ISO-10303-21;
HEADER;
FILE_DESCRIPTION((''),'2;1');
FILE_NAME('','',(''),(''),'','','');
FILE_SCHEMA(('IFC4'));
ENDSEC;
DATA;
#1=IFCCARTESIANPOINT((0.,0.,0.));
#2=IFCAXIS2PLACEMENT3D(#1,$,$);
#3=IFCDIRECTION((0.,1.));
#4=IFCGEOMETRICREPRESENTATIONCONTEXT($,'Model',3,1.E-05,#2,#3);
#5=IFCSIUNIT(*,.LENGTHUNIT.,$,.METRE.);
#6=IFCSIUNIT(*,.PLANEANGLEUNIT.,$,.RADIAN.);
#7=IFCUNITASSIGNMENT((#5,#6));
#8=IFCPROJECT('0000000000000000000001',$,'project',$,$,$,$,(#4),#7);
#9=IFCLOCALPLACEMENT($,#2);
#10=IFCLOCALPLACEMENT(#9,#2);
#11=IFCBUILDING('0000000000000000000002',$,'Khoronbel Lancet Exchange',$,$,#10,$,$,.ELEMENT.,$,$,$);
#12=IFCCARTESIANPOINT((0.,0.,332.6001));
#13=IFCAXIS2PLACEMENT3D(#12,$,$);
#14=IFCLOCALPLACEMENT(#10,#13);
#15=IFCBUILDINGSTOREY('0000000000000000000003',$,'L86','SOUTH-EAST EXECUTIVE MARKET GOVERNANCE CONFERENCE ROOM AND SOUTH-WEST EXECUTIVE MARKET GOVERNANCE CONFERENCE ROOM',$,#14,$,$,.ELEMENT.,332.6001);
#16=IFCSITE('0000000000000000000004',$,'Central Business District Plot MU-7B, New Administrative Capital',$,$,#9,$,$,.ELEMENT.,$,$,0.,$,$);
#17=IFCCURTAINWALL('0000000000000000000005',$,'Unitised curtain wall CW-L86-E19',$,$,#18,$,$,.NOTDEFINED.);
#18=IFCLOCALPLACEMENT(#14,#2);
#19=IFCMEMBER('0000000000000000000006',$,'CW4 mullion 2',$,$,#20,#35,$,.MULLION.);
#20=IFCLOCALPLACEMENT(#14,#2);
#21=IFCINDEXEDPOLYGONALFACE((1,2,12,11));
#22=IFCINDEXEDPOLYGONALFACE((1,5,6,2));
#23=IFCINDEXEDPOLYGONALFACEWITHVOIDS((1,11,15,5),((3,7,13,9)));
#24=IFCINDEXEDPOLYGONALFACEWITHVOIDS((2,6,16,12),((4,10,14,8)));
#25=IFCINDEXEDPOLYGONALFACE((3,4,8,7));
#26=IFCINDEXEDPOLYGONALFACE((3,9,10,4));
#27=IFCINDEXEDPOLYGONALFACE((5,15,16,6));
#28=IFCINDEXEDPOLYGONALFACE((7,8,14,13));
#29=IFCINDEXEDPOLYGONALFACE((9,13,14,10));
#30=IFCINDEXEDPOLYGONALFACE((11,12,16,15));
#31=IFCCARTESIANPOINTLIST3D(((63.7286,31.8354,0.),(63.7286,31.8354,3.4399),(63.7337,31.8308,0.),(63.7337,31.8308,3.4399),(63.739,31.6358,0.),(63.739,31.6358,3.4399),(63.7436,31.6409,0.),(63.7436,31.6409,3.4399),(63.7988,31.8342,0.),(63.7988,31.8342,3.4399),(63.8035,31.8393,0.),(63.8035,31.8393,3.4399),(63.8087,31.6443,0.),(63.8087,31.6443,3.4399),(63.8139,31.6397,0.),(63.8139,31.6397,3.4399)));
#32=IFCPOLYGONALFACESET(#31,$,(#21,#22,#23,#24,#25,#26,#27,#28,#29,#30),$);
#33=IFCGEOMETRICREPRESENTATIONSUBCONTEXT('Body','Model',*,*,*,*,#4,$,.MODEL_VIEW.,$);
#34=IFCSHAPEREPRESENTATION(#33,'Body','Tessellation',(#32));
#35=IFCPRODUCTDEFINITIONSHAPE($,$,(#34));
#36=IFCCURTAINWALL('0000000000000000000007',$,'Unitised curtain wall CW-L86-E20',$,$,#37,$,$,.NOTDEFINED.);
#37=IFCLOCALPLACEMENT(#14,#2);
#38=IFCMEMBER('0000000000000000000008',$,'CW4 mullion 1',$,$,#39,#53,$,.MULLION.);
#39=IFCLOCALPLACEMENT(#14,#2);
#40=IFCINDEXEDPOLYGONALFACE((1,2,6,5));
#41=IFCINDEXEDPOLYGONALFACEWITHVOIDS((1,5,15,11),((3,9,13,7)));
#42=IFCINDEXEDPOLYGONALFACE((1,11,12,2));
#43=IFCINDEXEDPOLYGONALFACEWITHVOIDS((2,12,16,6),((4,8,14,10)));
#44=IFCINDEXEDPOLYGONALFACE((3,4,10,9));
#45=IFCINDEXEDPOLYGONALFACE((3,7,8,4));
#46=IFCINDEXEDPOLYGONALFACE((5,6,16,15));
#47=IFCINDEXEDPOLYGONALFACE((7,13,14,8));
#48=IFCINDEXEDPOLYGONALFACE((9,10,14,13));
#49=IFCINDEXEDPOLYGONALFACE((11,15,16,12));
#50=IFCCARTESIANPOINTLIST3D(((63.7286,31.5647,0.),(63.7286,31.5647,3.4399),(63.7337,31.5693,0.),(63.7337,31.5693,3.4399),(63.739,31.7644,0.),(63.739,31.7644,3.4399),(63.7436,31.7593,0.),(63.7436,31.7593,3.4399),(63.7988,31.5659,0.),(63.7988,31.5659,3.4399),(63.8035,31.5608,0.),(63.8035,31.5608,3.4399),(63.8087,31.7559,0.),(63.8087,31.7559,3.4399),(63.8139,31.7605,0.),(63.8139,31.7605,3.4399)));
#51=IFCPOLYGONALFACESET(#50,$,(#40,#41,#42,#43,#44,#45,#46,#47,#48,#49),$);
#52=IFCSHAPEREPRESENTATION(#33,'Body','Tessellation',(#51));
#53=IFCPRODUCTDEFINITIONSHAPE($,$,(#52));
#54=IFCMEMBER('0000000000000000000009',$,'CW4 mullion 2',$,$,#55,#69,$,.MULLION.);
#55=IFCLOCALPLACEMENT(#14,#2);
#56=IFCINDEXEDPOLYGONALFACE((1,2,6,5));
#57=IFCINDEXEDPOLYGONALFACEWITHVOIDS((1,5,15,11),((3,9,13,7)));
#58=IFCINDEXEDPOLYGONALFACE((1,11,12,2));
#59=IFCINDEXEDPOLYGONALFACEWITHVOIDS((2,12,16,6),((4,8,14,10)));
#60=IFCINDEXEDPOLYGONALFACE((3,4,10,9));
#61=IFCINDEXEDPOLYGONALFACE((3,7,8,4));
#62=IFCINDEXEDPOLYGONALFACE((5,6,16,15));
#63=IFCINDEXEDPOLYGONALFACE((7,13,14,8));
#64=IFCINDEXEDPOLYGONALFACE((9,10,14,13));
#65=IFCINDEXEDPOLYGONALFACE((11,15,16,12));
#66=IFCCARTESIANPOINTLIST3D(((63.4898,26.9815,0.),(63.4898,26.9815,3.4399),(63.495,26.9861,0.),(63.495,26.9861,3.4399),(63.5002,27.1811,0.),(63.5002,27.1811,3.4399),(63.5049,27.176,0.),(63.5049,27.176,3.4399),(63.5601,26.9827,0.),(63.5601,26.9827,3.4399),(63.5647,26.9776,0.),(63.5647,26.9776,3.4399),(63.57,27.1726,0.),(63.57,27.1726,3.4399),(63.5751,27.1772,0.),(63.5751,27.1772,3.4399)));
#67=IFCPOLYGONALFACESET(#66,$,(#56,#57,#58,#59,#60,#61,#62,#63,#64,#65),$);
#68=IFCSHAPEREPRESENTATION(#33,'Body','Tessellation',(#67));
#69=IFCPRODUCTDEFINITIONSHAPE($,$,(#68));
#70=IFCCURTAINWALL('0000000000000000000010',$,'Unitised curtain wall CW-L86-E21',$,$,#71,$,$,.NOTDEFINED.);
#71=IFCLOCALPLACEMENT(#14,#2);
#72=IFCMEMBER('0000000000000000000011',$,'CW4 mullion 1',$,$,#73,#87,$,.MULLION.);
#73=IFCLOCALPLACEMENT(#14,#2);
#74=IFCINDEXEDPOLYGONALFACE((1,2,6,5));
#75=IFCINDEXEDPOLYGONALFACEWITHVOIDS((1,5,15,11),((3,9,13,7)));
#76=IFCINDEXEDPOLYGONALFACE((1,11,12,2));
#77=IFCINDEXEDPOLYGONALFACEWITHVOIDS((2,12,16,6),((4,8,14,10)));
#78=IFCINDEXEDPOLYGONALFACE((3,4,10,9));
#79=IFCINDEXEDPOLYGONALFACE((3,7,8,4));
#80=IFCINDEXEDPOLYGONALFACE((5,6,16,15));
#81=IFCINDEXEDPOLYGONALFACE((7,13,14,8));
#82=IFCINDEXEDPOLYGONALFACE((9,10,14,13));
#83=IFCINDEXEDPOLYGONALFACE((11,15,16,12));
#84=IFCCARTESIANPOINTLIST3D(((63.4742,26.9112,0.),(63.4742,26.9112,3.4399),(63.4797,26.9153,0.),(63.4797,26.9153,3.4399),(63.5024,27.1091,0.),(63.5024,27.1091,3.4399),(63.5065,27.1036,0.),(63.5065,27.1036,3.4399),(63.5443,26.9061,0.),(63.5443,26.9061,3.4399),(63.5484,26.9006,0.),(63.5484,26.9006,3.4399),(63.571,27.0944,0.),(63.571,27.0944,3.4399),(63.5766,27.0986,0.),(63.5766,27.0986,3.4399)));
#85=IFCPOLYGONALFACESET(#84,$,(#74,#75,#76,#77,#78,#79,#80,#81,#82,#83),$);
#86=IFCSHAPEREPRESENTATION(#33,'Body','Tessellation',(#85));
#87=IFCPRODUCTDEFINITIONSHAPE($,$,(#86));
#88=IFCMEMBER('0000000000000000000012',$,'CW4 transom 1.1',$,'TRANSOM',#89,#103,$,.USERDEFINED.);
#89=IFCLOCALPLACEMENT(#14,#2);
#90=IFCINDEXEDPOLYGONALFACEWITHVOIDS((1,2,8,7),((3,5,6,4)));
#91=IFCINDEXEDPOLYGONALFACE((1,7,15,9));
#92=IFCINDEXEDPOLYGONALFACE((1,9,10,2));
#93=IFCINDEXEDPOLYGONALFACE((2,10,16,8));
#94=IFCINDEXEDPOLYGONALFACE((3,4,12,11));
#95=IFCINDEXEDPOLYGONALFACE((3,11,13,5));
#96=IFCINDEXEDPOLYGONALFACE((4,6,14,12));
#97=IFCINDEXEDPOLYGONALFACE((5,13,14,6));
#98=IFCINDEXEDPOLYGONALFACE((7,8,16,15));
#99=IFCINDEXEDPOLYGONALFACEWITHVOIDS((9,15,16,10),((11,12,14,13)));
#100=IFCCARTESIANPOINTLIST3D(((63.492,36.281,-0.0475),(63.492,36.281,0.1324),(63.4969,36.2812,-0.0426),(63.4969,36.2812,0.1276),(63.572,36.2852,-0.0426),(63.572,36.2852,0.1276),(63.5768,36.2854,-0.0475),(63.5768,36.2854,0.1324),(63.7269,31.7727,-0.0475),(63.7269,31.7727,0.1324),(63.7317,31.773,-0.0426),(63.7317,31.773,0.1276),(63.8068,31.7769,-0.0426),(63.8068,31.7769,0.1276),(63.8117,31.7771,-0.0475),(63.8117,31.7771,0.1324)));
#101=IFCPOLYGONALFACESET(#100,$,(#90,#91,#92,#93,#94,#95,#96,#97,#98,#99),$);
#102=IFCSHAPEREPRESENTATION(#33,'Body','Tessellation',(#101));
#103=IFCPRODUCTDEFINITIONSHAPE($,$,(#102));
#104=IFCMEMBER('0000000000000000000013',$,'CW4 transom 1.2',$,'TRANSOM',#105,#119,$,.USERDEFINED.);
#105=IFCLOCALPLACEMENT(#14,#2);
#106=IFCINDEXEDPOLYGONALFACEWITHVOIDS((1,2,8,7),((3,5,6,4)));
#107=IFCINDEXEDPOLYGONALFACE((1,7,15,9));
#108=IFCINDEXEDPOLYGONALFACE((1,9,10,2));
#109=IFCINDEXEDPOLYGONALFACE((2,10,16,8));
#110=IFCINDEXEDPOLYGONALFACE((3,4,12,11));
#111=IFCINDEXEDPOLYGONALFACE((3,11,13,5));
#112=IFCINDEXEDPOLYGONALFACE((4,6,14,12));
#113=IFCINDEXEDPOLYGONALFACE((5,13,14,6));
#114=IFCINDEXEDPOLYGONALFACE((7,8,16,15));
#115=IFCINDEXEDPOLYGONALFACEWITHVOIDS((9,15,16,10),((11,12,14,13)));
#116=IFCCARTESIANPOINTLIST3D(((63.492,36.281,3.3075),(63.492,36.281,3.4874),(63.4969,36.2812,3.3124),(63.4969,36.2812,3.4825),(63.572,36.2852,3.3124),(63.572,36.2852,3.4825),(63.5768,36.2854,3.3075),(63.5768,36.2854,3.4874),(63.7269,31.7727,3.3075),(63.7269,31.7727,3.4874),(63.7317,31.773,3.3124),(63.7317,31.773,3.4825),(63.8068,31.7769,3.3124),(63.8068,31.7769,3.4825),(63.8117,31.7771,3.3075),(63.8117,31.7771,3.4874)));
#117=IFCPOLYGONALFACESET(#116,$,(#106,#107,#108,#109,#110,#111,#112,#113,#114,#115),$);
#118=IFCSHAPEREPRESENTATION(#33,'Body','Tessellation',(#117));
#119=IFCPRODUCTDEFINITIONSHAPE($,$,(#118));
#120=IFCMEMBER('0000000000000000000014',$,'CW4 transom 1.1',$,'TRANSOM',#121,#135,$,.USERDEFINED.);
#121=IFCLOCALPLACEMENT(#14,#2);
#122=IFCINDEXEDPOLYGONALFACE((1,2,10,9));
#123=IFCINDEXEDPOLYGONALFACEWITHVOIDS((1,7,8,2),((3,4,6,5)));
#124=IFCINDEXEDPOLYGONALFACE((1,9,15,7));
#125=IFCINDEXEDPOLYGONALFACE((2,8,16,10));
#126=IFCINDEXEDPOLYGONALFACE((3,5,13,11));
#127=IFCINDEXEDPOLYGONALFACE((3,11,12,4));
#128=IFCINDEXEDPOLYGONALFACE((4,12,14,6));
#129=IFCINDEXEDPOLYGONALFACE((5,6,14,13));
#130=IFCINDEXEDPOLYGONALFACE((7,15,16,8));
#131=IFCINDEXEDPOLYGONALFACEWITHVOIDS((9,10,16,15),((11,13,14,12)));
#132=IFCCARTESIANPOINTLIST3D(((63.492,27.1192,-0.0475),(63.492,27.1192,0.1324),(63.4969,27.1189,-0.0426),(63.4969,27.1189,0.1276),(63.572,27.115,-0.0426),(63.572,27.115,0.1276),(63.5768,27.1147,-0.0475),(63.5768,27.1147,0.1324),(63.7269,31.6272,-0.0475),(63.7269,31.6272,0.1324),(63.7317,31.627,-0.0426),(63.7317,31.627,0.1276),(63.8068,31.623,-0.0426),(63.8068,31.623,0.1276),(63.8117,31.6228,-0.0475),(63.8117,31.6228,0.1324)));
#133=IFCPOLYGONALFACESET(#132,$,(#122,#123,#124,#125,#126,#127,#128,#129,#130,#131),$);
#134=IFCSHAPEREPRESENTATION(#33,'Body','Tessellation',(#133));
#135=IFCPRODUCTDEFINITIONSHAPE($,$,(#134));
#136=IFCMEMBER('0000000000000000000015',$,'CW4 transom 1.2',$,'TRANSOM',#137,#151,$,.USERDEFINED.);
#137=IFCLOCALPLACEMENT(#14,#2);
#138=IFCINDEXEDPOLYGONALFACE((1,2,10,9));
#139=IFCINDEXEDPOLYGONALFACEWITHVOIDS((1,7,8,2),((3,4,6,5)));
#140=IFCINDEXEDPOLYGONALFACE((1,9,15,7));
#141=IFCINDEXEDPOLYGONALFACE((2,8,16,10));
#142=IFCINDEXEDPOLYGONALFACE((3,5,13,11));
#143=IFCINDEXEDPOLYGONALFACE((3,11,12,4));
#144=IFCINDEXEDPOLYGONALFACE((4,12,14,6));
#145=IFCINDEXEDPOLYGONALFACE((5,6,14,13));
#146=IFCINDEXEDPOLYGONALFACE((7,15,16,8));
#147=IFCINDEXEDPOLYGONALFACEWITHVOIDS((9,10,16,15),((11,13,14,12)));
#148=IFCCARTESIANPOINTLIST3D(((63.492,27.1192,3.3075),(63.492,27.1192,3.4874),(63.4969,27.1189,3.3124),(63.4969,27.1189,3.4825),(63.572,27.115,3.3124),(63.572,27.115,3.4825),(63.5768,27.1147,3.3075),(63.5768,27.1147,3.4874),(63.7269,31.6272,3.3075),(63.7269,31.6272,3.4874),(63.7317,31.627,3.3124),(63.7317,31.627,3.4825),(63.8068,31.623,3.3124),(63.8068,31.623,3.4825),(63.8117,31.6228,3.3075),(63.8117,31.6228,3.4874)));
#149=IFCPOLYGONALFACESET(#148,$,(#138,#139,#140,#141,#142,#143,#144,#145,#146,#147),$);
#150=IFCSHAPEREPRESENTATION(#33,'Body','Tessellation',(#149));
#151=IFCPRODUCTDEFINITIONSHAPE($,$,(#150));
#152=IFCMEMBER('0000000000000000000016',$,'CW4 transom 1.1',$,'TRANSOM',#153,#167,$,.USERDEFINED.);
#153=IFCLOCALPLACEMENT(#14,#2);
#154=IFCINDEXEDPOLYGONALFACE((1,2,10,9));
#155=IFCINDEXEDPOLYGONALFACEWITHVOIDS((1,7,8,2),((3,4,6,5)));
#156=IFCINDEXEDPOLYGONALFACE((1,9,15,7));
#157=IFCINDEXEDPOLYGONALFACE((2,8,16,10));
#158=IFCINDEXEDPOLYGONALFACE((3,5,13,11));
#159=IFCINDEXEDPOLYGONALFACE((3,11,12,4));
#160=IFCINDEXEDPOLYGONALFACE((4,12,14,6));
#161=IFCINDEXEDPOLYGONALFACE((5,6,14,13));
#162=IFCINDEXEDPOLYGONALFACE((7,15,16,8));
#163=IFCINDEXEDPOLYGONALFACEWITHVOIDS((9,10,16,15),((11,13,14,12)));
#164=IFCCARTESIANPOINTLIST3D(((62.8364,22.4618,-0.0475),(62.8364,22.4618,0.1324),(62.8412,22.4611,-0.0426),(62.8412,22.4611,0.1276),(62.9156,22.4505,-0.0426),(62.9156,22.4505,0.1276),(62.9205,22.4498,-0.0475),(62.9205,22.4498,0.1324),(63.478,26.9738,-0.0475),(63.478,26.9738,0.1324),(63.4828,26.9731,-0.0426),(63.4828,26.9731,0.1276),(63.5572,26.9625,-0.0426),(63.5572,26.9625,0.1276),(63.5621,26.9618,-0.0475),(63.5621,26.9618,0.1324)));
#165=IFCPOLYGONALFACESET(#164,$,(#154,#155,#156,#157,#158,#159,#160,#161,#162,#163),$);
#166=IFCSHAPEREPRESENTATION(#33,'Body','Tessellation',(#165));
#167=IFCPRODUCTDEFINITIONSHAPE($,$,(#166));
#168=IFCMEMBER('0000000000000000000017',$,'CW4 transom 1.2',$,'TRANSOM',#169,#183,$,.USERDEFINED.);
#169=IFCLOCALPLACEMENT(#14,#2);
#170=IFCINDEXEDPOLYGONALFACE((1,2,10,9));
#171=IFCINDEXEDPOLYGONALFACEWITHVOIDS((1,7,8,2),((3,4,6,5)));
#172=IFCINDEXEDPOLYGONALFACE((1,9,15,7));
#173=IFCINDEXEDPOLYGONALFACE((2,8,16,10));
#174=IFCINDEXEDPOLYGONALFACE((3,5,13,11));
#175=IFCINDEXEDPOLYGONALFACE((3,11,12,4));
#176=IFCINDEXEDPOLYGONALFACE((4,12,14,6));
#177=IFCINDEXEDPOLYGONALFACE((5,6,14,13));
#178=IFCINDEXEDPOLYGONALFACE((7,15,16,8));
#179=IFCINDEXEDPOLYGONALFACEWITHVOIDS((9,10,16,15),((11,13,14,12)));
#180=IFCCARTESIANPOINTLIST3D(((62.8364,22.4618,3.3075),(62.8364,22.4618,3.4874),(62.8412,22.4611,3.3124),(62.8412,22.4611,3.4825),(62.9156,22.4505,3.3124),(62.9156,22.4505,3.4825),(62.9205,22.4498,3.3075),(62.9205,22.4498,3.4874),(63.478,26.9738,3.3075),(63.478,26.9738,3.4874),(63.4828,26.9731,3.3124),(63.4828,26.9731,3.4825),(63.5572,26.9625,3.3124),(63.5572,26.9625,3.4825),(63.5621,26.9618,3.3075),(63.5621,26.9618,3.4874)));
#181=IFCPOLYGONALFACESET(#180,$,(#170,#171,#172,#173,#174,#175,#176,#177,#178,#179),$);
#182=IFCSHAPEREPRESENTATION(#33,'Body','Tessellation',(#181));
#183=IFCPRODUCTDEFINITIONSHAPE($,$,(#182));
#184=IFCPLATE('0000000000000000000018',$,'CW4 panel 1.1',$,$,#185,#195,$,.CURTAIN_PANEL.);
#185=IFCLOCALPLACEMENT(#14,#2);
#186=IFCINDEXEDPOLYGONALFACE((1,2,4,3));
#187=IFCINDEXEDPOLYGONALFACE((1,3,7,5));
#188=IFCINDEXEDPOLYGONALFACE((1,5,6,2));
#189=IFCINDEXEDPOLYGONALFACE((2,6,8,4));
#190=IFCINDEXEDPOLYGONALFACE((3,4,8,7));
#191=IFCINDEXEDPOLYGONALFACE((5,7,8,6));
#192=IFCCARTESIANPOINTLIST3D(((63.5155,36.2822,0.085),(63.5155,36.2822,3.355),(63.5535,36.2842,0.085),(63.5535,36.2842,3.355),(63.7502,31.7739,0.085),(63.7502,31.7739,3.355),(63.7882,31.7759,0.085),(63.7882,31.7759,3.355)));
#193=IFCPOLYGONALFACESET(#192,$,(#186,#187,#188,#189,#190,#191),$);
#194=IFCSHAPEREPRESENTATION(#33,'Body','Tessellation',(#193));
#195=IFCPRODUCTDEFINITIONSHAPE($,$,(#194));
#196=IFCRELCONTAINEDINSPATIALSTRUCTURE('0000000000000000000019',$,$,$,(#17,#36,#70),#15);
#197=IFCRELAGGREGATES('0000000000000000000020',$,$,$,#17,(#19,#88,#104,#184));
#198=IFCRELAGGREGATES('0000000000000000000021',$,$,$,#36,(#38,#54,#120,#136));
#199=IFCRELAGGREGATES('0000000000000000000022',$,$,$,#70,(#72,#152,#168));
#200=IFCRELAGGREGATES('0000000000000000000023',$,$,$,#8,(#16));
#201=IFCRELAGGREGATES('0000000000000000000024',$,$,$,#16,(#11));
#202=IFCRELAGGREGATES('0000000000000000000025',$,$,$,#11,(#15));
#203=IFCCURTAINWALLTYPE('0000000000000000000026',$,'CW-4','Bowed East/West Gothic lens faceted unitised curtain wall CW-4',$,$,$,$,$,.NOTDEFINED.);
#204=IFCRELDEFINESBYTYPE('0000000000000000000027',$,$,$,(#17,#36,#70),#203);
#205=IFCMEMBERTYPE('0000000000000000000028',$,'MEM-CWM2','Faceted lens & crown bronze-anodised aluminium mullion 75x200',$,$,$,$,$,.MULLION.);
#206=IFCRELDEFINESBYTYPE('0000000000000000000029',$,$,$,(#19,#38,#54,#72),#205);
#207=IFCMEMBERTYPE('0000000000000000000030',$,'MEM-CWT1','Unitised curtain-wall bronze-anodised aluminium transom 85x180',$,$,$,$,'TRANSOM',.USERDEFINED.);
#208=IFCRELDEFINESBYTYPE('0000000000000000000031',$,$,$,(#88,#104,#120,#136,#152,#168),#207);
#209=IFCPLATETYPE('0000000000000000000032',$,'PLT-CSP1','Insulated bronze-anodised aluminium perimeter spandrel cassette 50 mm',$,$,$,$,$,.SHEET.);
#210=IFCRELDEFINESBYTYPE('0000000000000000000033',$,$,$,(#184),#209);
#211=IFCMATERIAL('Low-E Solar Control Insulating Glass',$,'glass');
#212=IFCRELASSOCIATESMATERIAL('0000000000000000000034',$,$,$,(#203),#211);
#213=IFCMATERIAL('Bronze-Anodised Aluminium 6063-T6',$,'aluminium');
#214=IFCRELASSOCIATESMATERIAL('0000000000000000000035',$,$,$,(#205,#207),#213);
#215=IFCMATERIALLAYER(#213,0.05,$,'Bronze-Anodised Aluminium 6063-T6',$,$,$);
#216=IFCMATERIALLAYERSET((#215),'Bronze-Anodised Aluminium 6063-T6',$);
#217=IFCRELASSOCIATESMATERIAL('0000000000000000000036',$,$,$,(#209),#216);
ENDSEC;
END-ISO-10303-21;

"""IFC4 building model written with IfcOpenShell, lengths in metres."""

from ifc_helpers import new_model, si_unit, direction, frame, origin, origin_2d, place, context, subcontext, project, spatial, rectangle, hollow_rectangle, extrude, material, layer, layer_set, material_profile, profile_set, type_object, element, aggregate, save


model = new_model("IFC4")

# Units and contexts
model_context = context("Model", 3, precision=1e-05, world=origin(), true_north=direction((0.0, 1.0)))
body_context = subcontext(model_context, "Body", "Model", "MODEL_VIEW")
ifc_project = project(units=[si_unit("LENGTHUNIT", "METRE"), si_unit("PLANEANGLEUNIT", "RADIAN")], contexts=[model_context])

# Site, building, storey
site_placement = place(None, origin())
site = spatial("IfcSite", under=ifc_project, at=site_placement, Name="Central Business District Plot MU-7B, New Administrative Capital", CompositionType="ELEMENT", RefElevation=0.0)
building_placement = place(site_placement, origin())
building = spatial("IfcBuilding", under=site, at=building_placement, Name="Khoronbel Lancet Exchange", CompositionType="ELEMENT")
storey_placement = place(building_placement, frame((0.0, 0.0, 332.6001)))
storey = spatial("IfcBuildingStorey", under=building, at=storey_placement, Name="L86", Description="SOUTH-EAST EXECUTIVE MARKET GOVERNANCE CONFERENCE ROOM AND SOUTH-WEST EXECUTIVE MARKET GOVERNANCE CONFERENCE ROOM", CompositionType="ELEMENT", Elevation=332.6001)

# Shared definitions
ifc_material_1 = material(Name="Low-E Solar Control Insulating Glass", Category="glass")
curtain_wall_type = type_object("IfcCurtainWallType", Name="CW-4", Description="Bowed East/West Gothic lens faceted unitised curtain wall CW-4", PredefinedType="NOTDEFINED", material=ifc_material_1)
ifc_material_2 = material(Name="Bronze-Anodised Aluminium 6063-T6", Category="aluminium")
ifc_material_profile_1 = material_profile(ifc_material_2, hollow_rectangle(XDim=0.075, YDim=0.2, WallThickness=0.0049, at=origin_2d()), Name="ALU MULLION 75x200")
ifc_profile_set_1 = profile_set([ifc_material_profile_1], Name="Bronze-Anodised Aluminium 6063-T6")
member_type_1 = type_object("IfcMemberType", Name="MEM-CWM2", Description="Faceted lens & crown bronze-anodised aluminium mullion 75x200", PredefinedType="MULLION", material=ifc_profile_set_1)

# Curtain walls, members
curtain_wall_1_placement = place(storey_placement, origin())
curtain_wall_1 = element("IfcCurtainWall", 1, at=curtain_wall_1_placement, inside=storey, type_object=curtain_wall_type, Name="Unitised curtain wall CW-L86-E19", PredefinedType="NOTDEFINED")
member_1_placement = place(storey_placement, frame((63.7712, 31.7375, 0.0), z_axis=(0.0, 0.0, 1.0), x_axis=(0.998648, 0.051991, 0.0)))
member_1 = element("IfcMember", 2, at=member_1_placement, type_object=member_type_1, Name="CW4 mullion 2", PredefinedType="MULLION", context=body_context, shape_type="SweptSolid", body=[
    extrude(hollow_rectangle(XDim=0.075, YDim=0.2, WallThickness=0.0049, at=origin_2d()), origin(), (0.0, 0.0, 1.0), 3.4399),
])
curtain_wall_2_placement = place(storey_placement, origin())
curtain_wall_2 = element("IfcCurtainWall", 3, at=curtain_wall_2_placement, inside=storey, type_object=curtain_wall_type, Name="Unitised curtain wall CW-L86-E20", PredefinedType="NOTDEFINED")
member_2_placement = place(storey_placement, frame((63.7712, 31.6626, 0.0), z_axis=(0.0, 0.0, 1.0), x_axis=(0.998648, -0.051991, 0.0)))
member_2 = element("IfcMember", 4, at=member_2_placement, type_object=member_type_1, Name="CW4 mullion 1", PredefinedType="MULLION", context=body_context, shape_type="SweptSolid", body=[
    extrude(hollow_rectangle(XDim=0.075, YDim=0.2, WallThickness=0.0049, at=origin_2d()), origin(), (0.0, 0.0, 1.0), 3.4399),
])
member_3_placement = place(storey_placement, frame((63.5325, 27.0793, 0.0), z_axis=(0.0, 0.0, 1.0), x_axis=(0.998648, -0.051991, 0.0)))
member_3 = element("IfcMember", 5, at=member_3_placement, type_object=member_type_1, Name="CW4 mullion 2", PredefinedType="MULLION", context=body_context, shape_type="SweptSolid", body=[
    extrude(hollow_rectangle(XDim=0.075, YDim=0.2, WallThickness=0.0049, at=origin_2d()), origin(), (0.0, 0.0, 1.0), 3.4399),
])

# Curtain wall, member
curtain_wall_3_placement = place(storey_placement, origin())
curtain_wall_3 = element("IfcCurtainWall", 6, at=curtain_wall_3_placement, inside=storey, type_object=curtain_wall_type, Name="Unitised curtain wall CW-L86-E21", PredefinedType="NOTDEFINED")
member_4_placement = place(storey_placement, frame((63.5254, 27.0049, 0.0), z_axis=(0.0, 0.0, 1.0), x_axis=(0.990038, -0.140803, 0.0)))
member_4 = element("IfcMember", 7, at=member_4_placement, type_object=member_type_1, Name="CW4 mullion 1", PredefinedType="MULLION", context=body_context, shape_type="SweptSolid", body=[
    extrude(hollow_rectangle(XDim=0.075, YDim=0.2, WallThickness=0.0049, at=origin_2d()), origin(), (0.0, 0.0, 1.0), 3.4399),
])

# Members
ifc_material_profile_2 = material_profile(ifc_material_2, hollow_rectangle(XDim=0.085, YDim=0.1799, WallThickness=0.0049, at=origin_2d()), Name="ALU TRANSOM 85x180")
ifc_profile_set_2 = profile_set([ifc_material_profile_2], Name="Bronze-Anodised Aluminium 6063-T6")
member_type_2 = type_object("IfcMemberType", Name="MEM-CWT1", Description="Unitised curtain-wall bronze-anodised aluminium transom 85x180", ElementType="TRANSOM", PredefinedType="USERDEFINED", material=ifc_profile_set_2)
member_5_placement = place(storey_placement, frame((63.5344, 36.2832, 0.0425), z_axis=(0.052025, -0.998646, 0.0), x_axis=(0.998646, 0.052025, 0.0)))
member_5 = element("IfcMember", 8, at=member_5_placement, type_object=member_type_2, Name="CW4 transom 1.1", ObjectType="TRANSOM", PredefinedType="USERDEFINED", context=body_context, shape_type="SweptSolid", body=[
    extrude(hollow_rectangle(XDim=0.085, YDim=0.1799, WallThickness=0.0049, at=origin_2d()), origin(), (0.0, 0.0, 1.0), 4.5144),
])
member_6_placement = place(storey_placement, frame((63.5344, 36.2832, 3.3975), z_axis=(0.052025, -0.998646, 0.0), x_axis=(0.998646, 0.052025, 0.0)))
member_6 = element("IfcMember", 9, at=member_6_placement, type_object=member_type_2, Name="CW4 transom 1.2", ObjectType="TRANSOM", PredefinedType="USERDEFINED", context=body_context, shape_type="SweptSolid", body=[
    extrude(hollow_rectangle(XDim=0.085, YDim=0.1799, WallThickness=0.0049, at=origin_2d()), origin(), (0.0, 0.0, 1.0), 4.5144),
])
member_7_placement = place(storey_placement, frame((63.7693, 31.625, 0.0425), z_axis=(-0.052028, -0.998646, 0.0), x_axis=(0.998646, -0.052028, 0.0)))
member_7 = element("IfcMember", 10, at=member_7_placement, type_object=member_type_2, Name="CW4 transom 1.1", ObjectType="TRANSOM", PredefinedType="USERDEFINED", context=body_context, shape_type="SweptSolid", body=[
    extrude(hollow_rectangle(XDim=0.085, YDim=0.1799, WallThickness=0.0049, at=origin_2d()), origin(), (0.0, 0.0, 1.0), 4.5142),
])
member_8_placement = place(storey_placement, frame((63.7693, 31.625, 3.3975), z_axis=(-0.052028, -0.998646, 0.0), x_axis=(0.998646, -0.052028, 0.0)))
member_8 = element("IfcMember", 11, at=member_8_placement, type_object=member_type_2, Name="CW4 transom 1.2", ObjectType="TRANSOM", PredefinedType="USERDEFINED", context=body_context, shape_type="SweptSolid", body=[
    extrude(hollow_rectangle(XDim=0.085, YDim=0.1799, WallThickness=0.0049, at=origin_2d()), origin(), (0.0, 0.0, 1.0), 4.5142),
])
member_9_placement = place(storey_placement, frame((63.52, 26.9678, 0.0425), z_axis=(-0.140784, -0.99004, 0.0), x_axis=(0.99004, -0.140784, 0.0)))
member_9 = element("IfcMember", 12, at=member_9_placement, type_object=member_type_2, Name="CW4 transom 1.1", ObjectType="TRANSOM", PredefinedType="USERDEFINED", context=body_context, shape_type="SweptSolid", body=[
    extrude(hollow_rectangle(XDim=0.085, YDim=0.1799, WallThickness=0.0049, at=origin_2d()), origin(), (0.0, 0.0, 1.0), 4.5574),
])
member_10_placement = place(storey_placement, frame((63.52, 26.9678, 3.3975), z_axis=(-0.140784, -0.99004, 0.0), x_axis=(0.99004, -0.140784, 0.0)))
member_10 = element("IfcMember", 13, at=member_10_placement, type_object=member_type_2, Name="CW4 transom 1.2", ObjectType="TRANSOM", PredefinedType="USERDEFINED", context=body_context, shape_type="SweptSolid", body=[
    extrude(hollow_rectangle(XDim=0.085, YDim=0.1799, WallThickness=0.0049, at=origin_2d()), origin(), (0.0, 0.0, 1.0), 4.5574),
])

# Plate
ifc_layer_1 = layer(ifc_material_2, 0.05, Name="Bronze-Anodised Aluminium 6063-T6")
ifc_layer_set_1 = layer_set([ifc_layer_1], Name="Bronze-Anodised Aluminium 6063-T6")
plate_type_1 = type_object("IfcPlateType", Name="PLT-CSP1", Description="Insulated bronze-anodised aluminium perimeter spandrel cassette 50 mm", PredefinedType="SHEET", material=ifc_layer_set_1)
plate_1_placement = place(storey_placement, frame((63.6519, 34.0291, 0.085), z_axis=(0.0, 0.0, 1.0), x_axis=(0.051991, -0.998648, 0.0)))
plate_1 = element("IfcPlate", 14, at=plate_1_placement, type_object=plate_type_1, Name="CW4 panel 1.1", PredefinedType="CURTAIN_PANEL", context=body_context, shape_type="SweptSolid", body=[
    extrude(rectangle(XDim=4.5144, YDim=0.0381, at=origin_2d()), origin(), (0.0, 0.0, 1.0), 3.27),
])
aggregate(curtain_wall_1, [member_1, member_5, member_6, plate_1])
aggregate(curtain_wall_2, [member_2, member_3, member_7, member_8])
aggregate(curtain_wall_3, [member_4, member_9, member_10])

save(model, "model.ifc")
